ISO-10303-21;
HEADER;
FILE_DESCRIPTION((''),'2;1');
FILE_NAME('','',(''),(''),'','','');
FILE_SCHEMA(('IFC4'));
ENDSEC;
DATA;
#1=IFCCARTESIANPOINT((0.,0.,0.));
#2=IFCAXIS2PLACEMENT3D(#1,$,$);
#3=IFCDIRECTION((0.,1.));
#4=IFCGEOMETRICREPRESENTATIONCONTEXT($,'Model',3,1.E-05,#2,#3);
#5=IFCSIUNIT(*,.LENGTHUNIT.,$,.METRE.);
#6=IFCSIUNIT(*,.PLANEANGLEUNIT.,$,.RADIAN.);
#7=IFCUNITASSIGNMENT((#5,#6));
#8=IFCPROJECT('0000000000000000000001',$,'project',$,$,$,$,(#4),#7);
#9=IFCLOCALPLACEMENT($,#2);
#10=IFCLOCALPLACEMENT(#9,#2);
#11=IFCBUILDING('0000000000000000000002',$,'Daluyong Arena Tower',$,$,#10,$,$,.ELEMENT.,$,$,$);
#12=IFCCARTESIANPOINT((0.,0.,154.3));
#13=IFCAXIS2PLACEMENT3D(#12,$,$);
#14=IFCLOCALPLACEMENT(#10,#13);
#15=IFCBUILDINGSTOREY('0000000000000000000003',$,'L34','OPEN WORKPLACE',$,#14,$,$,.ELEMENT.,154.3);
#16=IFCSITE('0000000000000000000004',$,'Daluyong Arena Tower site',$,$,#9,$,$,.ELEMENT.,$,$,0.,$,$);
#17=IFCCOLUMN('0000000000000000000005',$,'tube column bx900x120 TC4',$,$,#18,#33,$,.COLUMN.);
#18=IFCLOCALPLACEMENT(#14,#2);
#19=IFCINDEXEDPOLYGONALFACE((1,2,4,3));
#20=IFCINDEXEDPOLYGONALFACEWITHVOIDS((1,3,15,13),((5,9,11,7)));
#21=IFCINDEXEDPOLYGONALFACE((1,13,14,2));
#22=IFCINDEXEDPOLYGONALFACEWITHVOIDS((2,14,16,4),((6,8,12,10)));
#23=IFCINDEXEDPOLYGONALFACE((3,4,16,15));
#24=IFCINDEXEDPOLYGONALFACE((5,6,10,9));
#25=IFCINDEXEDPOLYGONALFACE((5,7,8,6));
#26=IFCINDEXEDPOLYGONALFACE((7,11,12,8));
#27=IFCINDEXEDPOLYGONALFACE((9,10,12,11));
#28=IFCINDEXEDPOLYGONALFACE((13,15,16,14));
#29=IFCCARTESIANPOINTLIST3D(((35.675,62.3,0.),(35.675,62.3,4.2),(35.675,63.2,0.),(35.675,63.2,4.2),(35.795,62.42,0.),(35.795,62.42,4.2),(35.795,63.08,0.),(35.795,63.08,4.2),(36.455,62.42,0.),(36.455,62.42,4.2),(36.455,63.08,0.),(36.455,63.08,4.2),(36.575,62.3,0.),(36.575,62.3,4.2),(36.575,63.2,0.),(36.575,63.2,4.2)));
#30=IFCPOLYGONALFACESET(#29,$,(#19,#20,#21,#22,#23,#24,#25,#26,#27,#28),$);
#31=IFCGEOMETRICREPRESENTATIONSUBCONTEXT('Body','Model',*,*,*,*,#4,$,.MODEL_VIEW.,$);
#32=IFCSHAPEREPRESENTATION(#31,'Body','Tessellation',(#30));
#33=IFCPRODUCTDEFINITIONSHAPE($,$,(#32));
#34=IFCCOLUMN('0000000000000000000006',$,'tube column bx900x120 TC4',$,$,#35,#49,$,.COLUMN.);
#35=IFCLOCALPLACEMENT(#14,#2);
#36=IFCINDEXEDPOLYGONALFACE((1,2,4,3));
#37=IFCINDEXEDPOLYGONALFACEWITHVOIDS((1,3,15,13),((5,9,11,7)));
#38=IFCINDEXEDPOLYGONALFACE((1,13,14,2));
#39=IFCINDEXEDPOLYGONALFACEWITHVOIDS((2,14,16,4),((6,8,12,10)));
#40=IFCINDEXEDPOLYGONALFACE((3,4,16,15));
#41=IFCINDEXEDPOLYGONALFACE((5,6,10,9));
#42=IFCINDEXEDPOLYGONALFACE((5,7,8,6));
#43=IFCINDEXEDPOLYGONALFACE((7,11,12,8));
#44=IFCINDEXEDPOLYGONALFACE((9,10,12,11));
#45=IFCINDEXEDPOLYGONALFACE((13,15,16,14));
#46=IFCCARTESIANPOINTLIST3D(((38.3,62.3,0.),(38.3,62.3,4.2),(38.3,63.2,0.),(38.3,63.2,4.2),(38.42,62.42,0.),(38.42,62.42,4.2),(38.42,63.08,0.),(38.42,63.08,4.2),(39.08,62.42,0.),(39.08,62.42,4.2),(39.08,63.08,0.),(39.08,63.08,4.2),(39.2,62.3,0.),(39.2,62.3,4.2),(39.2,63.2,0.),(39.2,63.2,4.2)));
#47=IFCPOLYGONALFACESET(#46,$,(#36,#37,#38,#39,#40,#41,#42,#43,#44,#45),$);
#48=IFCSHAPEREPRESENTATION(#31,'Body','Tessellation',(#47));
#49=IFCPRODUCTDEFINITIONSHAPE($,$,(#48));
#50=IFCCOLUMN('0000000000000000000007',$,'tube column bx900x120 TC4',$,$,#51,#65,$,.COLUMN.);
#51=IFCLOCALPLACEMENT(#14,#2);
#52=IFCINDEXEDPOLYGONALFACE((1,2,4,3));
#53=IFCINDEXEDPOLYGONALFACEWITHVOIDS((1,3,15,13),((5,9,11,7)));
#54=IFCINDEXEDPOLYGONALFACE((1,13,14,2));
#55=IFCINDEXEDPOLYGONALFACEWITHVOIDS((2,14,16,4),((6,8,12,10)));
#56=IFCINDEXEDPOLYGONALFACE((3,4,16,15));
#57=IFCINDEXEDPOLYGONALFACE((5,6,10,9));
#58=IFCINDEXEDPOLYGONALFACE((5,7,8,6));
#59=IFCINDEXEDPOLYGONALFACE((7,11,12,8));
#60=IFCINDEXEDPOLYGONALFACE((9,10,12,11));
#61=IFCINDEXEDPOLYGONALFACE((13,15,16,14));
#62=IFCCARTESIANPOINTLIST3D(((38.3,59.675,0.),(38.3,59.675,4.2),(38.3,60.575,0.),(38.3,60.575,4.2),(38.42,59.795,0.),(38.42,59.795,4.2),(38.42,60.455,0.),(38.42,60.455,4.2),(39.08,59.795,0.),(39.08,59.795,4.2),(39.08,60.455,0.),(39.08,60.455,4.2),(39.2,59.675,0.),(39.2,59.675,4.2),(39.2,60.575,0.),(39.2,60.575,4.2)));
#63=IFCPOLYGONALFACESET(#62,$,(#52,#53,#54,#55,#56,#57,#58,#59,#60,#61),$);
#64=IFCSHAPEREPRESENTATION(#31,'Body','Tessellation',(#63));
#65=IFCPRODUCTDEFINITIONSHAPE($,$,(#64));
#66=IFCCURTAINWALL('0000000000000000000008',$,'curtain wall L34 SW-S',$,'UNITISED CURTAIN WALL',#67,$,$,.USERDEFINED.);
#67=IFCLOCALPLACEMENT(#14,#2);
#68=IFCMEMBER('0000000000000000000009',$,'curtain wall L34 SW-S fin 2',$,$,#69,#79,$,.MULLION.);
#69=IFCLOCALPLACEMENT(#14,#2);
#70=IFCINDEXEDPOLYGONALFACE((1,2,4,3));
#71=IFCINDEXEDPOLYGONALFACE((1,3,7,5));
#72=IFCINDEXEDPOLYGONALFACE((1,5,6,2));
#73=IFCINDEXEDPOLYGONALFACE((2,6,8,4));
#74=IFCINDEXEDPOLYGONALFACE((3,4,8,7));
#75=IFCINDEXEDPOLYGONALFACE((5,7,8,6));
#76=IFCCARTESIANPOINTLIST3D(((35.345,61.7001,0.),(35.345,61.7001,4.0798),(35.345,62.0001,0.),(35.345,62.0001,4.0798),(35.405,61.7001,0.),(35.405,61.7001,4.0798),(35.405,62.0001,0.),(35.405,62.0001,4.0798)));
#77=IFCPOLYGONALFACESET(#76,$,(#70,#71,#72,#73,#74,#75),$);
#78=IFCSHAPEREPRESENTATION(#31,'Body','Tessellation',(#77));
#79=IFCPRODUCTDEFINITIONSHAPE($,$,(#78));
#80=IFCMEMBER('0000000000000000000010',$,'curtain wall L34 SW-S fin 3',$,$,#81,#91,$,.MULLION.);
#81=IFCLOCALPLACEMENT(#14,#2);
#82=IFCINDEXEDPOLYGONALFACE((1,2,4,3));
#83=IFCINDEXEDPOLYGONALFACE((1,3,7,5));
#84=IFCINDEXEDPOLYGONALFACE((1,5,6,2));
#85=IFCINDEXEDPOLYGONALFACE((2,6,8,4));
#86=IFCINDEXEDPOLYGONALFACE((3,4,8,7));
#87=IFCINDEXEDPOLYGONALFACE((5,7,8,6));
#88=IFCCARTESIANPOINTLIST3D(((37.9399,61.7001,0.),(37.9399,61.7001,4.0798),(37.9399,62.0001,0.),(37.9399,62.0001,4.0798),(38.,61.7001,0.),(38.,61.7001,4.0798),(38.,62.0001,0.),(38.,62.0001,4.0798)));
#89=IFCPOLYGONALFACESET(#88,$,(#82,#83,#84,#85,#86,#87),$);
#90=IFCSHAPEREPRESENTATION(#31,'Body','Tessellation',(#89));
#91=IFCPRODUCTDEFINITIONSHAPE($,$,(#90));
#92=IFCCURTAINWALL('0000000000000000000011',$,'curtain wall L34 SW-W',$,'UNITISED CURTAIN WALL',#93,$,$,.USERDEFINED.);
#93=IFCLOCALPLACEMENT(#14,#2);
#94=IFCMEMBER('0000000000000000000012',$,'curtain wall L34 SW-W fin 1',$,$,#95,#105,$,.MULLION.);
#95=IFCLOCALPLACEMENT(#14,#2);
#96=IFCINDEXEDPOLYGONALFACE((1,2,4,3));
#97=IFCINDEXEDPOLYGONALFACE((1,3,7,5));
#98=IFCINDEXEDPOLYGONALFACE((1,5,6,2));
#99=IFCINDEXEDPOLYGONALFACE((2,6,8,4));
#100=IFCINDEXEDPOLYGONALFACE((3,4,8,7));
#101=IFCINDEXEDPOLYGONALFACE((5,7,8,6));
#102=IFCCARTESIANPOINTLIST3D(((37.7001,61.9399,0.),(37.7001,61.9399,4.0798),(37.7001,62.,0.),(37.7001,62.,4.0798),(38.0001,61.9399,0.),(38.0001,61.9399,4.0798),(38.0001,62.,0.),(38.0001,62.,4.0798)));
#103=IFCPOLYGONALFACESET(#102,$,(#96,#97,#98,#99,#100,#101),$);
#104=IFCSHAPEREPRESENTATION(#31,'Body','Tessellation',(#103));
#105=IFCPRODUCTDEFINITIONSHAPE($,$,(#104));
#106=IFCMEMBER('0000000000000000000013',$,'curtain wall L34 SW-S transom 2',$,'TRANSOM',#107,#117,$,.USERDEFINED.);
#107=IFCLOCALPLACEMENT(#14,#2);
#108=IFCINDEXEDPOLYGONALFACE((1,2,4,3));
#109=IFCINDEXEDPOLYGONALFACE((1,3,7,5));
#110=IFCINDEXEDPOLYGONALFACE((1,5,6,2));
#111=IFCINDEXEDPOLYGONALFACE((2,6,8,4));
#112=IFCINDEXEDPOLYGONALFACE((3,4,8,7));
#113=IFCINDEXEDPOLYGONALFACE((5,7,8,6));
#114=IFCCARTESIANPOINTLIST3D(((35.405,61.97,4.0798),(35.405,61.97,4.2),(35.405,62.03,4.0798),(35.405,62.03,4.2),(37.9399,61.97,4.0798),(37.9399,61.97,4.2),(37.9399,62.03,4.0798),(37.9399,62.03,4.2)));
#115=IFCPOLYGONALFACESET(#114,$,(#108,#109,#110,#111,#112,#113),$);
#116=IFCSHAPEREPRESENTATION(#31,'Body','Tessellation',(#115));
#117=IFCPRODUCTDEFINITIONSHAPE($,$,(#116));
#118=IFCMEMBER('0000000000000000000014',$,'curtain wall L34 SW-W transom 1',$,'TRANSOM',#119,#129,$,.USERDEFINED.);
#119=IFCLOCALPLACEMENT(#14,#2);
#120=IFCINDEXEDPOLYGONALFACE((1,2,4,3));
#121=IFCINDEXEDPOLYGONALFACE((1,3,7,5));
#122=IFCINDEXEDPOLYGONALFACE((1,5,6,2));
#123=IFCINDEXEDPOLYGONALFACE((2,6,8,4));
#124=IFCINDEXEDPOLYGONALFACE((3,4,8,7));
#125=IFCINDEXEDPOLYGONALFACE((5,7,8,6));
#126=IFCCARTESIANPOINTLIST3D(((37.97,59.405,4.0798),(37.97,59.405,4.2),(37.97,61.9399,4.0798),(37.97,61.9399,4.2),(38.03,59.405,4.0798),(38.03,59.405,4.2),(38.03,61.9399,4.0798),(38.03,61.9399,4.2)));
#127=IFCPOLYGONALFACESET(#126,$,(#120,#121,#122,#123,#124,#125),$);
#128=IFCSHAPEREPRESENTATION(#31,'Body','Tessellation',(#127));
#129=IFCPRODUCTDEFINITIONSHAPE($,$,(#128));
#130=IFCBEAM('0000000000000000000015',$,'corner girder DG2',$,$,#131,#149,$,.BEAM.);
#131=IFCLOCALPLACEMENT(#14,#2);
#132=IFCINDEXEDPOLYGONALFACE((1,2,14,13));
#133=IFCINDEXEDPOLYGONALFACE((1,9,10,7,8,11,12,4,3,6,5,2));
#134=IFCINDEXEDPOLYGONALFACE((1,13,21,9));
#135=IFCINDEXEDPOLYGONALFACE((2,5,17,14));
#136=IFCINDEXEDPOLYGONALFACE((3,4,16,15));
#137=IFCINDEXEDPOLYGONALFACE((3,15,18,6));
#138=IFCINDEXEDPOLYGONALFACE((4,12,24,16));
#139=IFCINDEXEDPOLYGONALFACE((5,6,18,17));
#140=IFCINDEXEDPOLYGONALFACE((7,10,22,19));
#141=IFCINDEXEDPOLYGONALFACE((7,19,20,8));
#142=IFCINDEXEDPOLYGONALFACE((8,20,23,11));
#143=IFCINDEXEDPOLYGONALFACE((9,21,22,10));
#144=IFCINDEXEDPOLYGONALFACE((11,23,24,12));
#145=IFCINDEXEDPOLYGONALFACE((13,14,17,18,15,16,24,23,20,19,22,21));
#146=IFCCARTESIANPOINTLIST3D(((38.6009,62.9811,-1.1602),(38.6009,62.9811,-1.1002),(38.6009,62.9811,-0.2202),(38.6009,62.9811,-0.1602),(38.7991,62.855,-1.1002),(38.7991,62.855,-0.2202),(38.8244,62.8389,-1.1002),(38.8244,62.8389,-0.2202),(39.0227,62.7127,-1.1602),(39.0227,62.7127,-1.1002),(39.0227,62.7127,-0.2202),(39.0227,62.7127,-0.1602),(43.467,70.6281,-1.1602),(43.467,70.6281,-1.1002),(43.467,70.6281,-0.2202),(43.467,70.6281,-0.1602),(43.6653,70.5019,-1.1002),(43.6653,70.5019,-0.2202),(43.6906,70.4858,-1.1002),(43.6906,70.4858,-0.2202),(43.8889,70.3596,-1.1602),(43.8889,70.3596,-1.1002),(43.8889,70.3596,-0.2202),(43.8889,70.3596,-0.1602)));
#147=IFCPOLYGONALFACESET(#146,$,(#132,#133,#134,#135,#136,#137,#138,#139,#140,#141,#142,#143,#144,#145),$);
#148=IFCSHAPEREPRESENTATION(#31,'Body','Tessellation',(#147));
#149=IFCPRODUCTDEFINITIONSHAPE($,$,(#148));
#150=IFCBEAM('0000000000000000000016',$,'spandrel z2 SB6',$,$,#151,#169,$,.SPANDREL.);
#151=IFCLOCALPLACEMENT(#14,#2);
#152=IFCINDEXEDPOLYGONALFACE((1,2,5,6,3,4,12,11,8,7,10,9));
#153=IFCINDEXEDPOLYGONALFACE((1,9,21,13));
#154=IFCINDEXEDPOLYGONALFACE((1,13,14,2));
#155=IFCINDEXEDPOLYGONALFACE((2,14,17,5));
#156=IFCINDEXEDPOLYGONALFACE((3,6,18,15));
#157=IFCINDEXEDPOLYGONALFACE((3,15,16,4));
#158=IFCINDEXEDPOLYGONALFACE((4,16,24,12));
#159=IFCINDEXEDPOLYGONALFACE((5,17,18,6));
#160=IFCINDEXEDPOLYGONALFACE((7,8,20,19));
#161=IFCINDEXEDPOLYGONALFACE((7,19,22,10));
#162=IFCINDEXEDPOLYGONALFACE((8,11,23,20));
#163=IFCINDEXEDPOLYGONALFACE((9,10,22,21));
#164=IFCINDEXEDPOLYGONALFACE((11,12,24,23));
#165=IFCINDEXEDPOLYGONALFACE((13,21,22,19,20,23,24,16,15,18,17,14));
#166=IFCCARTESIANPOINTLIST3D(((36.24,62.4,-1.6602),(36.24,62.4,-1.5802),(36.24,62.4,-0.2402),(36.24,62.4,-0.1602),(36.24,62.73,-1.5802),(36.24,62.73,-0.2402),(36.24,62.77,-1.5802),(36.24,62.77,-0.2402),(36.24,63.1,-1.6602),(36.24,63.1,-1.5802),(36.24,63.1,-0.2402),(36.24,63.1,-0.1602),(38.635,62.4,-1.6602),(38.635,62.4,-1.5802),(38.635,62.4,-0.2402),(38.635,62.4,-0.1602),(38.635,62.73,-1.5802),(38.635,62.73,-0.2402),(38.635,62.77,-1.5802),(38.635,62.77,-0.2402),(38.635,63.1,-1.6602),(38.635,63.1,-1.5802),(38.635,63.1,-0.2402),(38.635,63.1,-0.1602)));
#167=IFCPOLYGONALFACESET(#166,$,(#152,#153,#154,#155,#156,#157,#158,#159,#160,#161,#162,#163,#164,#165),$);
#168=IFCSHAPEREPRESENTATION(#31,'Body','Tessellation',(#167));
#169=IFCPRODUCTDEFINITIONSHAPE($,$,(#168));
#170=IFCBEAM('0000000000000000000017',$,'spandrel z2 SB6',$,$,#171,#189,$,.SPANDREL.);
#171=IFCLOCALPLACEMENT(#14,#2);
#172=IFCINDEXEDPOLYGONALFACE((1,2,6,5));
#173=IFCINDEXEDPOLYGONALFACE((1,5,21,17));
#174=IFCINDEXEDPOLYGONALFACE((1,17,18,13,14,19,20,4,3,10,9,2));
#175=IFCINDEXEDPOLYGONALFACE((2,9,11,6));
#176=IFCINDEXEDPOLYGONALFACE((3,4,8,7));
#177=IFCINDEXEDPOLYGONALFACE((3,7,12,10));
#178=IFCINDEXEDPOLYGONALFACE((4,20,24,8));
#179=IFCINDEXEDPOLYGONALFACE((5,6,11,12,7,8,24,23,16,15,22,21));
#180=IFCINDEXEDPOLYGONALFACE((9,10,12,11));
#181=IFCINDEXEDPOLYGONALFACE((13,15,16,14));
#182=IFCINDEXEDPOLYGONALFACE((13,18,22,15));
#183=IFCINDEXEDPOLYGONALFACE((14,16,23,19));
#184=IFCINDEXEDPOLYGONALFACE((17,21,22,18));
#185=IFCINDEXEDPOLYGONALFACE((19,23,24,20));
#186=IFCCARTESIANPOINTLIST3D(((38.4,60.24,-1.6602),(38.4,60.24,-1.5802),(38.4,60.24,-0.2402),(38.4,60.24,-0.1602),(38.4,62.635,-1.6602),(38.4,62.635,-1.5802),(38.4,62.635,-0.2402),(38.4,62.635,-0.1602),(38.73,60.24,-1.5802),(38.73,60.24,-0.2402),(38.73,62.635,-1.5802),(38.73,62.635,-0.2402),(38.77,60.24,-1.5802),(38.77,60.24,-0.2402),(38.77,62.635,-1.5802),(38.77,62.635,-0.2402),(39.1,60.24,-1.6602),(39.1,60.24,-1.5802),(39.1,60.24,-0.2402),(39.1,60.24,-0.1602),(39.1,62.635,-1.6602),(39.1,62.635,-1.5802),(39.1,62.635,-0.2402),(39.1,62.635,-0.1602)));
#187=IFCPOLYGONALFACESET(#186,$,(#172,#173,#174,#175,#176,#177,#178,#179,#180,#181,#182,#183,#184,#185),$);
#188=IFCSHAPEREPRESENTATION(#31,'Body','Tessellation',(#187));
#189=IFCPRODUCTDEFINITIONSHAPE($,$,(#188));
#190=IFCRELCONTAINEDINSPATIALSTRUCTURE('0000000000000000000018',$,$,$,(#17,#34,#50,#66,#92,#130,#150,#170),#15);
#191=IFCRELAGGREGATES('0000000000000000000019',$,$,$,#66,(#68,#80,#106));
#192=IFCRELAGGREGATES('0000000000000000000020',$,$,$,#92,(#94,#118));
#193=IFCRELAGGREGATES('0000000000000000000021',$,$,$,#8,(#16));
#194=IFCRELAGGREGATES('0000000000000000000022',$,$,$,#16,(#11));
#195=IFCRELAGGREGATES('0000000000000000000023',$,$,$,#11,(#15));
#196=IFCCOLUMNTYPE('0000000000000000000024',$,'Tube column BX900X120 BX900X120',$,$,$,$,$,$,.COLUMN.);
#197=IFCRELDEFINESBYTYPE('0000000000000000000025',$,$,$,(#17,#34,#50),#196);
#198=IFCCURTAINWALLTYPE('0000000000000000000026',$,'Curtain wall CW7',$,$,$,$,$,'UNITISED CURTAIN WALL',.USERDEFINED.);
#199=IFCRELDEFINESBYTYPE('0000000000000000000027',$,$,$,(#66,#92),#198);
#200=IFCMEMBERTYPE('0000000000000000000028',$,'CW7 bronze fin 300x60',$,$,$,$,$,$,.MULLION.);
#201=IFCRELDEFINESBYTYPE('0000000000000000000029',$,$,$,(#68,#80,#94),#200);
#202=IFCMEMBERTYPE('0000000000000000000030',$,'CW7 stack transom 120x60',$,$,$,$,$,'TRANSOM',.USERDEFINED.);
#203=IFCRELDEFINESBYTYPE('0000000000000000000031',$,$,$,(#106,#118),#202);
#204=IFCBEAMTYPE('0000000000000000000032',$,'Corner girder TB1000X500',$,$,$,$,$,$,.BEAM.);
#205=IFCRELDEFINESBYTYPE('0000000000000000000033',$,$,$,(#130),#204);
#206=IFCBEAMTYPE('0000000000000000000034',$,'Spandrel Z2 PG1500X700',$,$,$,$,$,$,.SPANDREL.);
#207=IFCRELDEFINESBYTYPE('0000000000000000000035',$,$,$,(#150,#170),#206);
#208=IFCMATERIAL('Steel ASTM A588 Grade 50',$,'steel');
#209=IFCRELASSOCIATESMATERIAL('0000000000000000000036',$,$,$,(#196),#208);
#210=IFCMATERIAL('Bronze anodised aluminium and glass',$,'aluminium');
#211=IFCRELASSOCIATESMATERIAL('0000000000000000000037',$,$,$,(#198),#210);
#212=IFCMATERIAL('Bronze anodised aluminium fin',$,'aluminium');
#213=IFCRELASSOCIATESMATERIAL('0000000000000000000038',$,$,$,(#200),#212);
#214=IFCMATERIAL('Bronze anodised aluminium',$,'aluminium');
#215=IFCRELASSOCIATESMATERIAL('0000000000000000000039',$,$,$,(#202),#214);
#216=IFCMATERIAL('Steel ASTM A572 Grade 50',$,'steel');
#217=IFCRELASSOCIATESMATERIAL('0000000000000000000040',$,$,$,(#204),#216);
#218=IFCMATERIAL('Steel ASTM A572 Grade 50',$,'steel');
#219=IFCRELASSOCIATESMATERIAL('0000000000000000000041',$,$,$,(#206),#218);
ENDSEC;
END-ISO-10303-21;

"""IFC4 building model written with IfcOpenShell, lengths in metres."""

from ifc_helpers import new_model, si_unit, direction, frame, origin, origin_2d, place, context, subcontext, project, spatial, rectangle, hollow_rectangle, i_section, extrude, material, material_profile, profile_set, type_object, element, aggregate, save


model = new_model("IFC4")

# Units and contexts
model_context = context("Model", 3, precision=1e-05, world=origin(), true_north=direction((0.0, 1.0)))
body_context = subcontext(model_context, "Body", "Model", "MODEL_VIEW")
ifc_project = project(units=[si_unit("LENGTHUNIT", "METRE"), si_unit("PLANEANGLEUNIT", "RADIAN")], contexts=[model_context])

# Site, building, storey
site_placement = place(None, origin())
site = spatial("IfcSite", under=ifc_project, at=site_placement, Name="Daluyong Arena Tower site", CompositionType="ELEMENT", RefElevation=0.0)
building_placement = place(site_placement, origin())
building = spatial("IfcBuilding", under=site, at=building_placement, Name="Daluyong Arena Tower", CompositionType="ELEMENT")
storey_placement = place(building_placement, frame((0.0, 0.0, 154.3)))
storey = spatial("IfcBuildingStorey", under=building, at=storey_placement, Name="L34", Description="OPEN WORKPLACE", CompositionType="ELEMENT", Elevation=154.3)

# Columns
ifc_material_1 = material(Name="Steel ASTM A588 Grade 50", Category="steel")
ifc_material_profile_1 = material_profile(ifc_material_1, hollow_rectangle(XDim=0.8999, YDim=0.8999, WallThickness=0.12, at=origin_2d()))
ifc_profile_set_1 = profile_set([ifc_material_profile_1], Name="Steel ASTM A588 Grade 50")
column_type = type_object("IfcColumnType", Name="Tube column BX900X120 BX900X120", PredefinedType="COLUMN", material=ifc_profile_set_1)
for number, where, z_axis, x_axis, name in (
    (1, (36.125, 62.75, 0.0), (0.0, 0.0, 1.0), (1.0, 0.0, 0.0), "tube column bx900x120 TC4"),
    (2, (38.75, 62.75, 0.0), (0.0, 0.0, 1.0), (0.0, 1.0, 0.0), "tube column bx900x120 TC4"),
    (3, (38.75, 60.125, 0.0), (0.0, 0.0, 1.0), (0.0, 1.0, 0.0), "tube column bx900x120 TC4"),
):
    element("IfcColumn", number, at=place(storey_placement, frame(where, z_axis=z_axis, x_axis=x_axis)), inside=storey, type_object=column_type, Name=name, PredefinedType="COLUMN", context=body_context, shape_type="SweptSolid", body=[
        extrude(hollow_rectangle(XDim=0.8999, YDim=0.8999, WallThickness=0.12, at=origin_2d()), origin(), (0.0, 0.0, 1.0), 4.2),
    ])

# Curtain wall, members
ifc_material_2 = material(Name="Bronze anodised aluminium and glass", Category="aluminium")
curtain_wall_type = type_object("IfcCurtainWallType", Name="Curtain wall CW7", ElementType="UNITISED CURTAIN WALL", PredefinedType="USERDEFINED", material=ifc_material_2)
curtain_wall_1_placement = place(storey_placement, origin())
curtain_wall_1 = element("IfcCurtainWall", 4, at=curtain_wall_1_placement, inside=storey, type_object=curtain_wall_type, Name="curtain wall L34 SW-S", ObjectType="UNITISED CURTAIN WALL", PredefinedType="USERDEFINED")
ifc_material_3 = material(Name="Bronze anodised aluminium fin", Category="aluminium")
ifc_material_profile_2 = material_profile(ifc_material_3, rectangle(XDim=0.3, YDim=0.0601, at=origin_2d()))
ifc_profile_set_2 = profile_set([ifc_material_profile_2], Name="Bronze anodised aluminium fin")
member_type_1 = type_object("IfcMemberType", Name="CW7 bronze fin 300x60", PredefinedType="MULLION", material=ifc_profile_set_2)
member_1_placement = place(storey_placement, frame((35.375, 61.8501, 0.0), z_axis=(0.0, 0.0, 1.0), x_axis=(0.0, 1.0, 0.0)))
member_1 = element("IfcMember", 5, at=member_1_placement, type_object=member_type_1, Name="curtain wall L34 SW-S fin 2", PredefinedType="MULLION", context=body_context, shape_type="SweptSolid", body=[
    extrude(rectangle(XDim=0.3, YDim=0.0601, at=origin_2d()), origin(), (0.0, 0.0, 1.0), 4.0798),
])
member_2_placement = place(storey_placement, frame((37.97, 61.8501, 0.0), z_axis=(0.0, 0.0, 1.0), x_axis=(0.0, 1.0, 0.0)))
member_2 = element("IfcMember", 6, at=member_2_placement, type_object=member_type_1, Name="curtain wall L34 SW-S fin 3", PredefinedType="MULLION", context=body_context, shape_type="SweptSolid", body=[
    extrude(rectangle(XDim=0.3, YDim=0.0601, at=origin_2d()), origin(), (0.0, 0.0, 1.0), 4.0798),
])

# Curtain wall, member
curtain_wall_2_placement = place(storey_placement, origin())
curtain_wall_2 = element("IfcCurtainWall", 7, at=curtain_wall_2_placement, inside=storey, type_object=curtain_wall_type, Name="curtain wall L34 SW-W", ObjectType="UNITISED CURTAIN WALL", PredefinedType="USERDEFINED")
member_3_placement = place(storey_placement, frame((37.8501, 61.97, 0.0), z_axis=(0.0, 0.0, 1.0), x_axis=(1.0, 0.0, 0.0)))
member_3 = element("IfcMember", 8, at=member_3_placement, type_object=member_type_1, Name="curtain wall L34 SW-W fin 1", PredefinedType="MULLION", context=body_context, shape_type="SweptSolid", body=[
    extrude(rectangle(XDim=0.3, YDim=0.0601, at=origin_2d()), origin(), (0.0, 0.0, 1.0), 4.0798),
])

# Members
ifc_material_4 = material(Name="Bronze anodised aluminium", Category="aluminium")
ifc_material_profile_3 = material_profile(ifc_material_4, rectangle(XDim=0.0601, YDim=0.1201, at=origin_2d()))
ifc_profile_set_3 = profile_set([ifc_material_profile_3], Name="Bronze anodised aluminium")
member_type_2 = type_object("IfcMemberType", Name="CW7 stack transom 120x60", ElementType="TRANSOM", PredefinedType="USERDEFINED", material=ifc_profile_set_3)
member_4_placement = place(storey_placement, frame((35.405, 62.0, 4.1399), z_axis=(1.0, 0.0, 0.0), x_axis=(0.0, 1.0, 0.0)))
member_4 = element("IfcMember", 9, at=member_4_placement, type_object=member_type_2, Name="curtain wall L34 SW-S transom 2", ObjectType="TRANSOM", PredefinedType="USERDEFINED", context=body_context, shape_type="SweptSolid", body=[
    extrude(rectangle(XDim=0.0601, YDim=0.1201, at=origin_2d()), origin(), (0.0, 0.0, 1.0), 2.5349),
])
member_5_placement = place(storey_placement, frame((38.0, 61.9399, 4.1399), z_axis=(0.0, -1.0, 0.0), x_axis=(1.0, 0.0, 0.0)))
member_5 = element("IfcMember", 10, at=member_5_placement, type_object=member_type_2, Name="curtain wall L34 SW-W transom 1", ObjectType="TRANSOM", PredefinedType="USERDEFINED", context=body_context, shape_type="SweptSolid", body=[
    extrude(rectangle(XDim=0.0601, YDim=0.1201, at=origin_2d()), origin(), (0.0, 0.0, 1.0), 2.5349),
])

# Beams
ifc_material_5 = material(Name="Steel ASTM A572 Grade 50", Category="steel")
ifc_material_profile_4 = material_profile(ifc_material_5, i_section(OverallWidth=0.5, OverallDepth=1.0, WebThickness=0.03, FlangeThickness=0.06, at=origin_2d()))
ifc_profile_set_4 = profile_set([ifc_material_profile_4], Name="Steel ASTM A572 Grade 50")
beam_type_1 = type_object("IfcBeamType", Name="Corner girder TB1000X500", PredefinedType="BEAM", material=ifc_profile_set_4)
beam_placement = place(storey_placement, frame((38.8118, 62.8469, -0.6602), z_axis=(0.536872, 0.843664, 0.0), x_axis=(-0.843664, 0.536872, 0.0)))
element("IfcBeam", 11, at=beam_placement, inside=storey, type_object=beam_type_1, Name="corner girder DG2", PredefinedType="BEAM", context=body_context, shape_type="SweptSolid", body=[
    extrude(i_section(OverallWidth=0.5, OverallDepth=1.0, WebThickness=0.03, FlangeThickness=0.06, at=origin_2d()), origin(), (0.0, 0.0, 1.0), 9.064),
])
ifc_material_6 = material(Name="Steel ASTM A572 Grade 50", Category="steel")
ifc_material_profile_5 = material_profile(ifc_material_6, i_section(OverallWidth=0.7, OverallDepth=1.5, WebThickness=0.04, FlangeThickness=0.08, at=origin_2d()))
ifc_profile_set_5 = profile_set([ifc_material_profile_5], Name="Steel ASTM A572 Grade 50")
beam_type_2 = type_object("IfcBeamType", Name="Spandrel Z2 PG1500X700", PredefinedType="SPANDREL", material=ifc_profile_set_5)
for number, where, z_axis, x_axis, name in (
    (12, (36.24, 62.75, -0.9102), (1.0, 0.0, 0.0), (0.0, 1.0, 0.0), "spandrel z2 SB6"),
    (13, (38.75, 62.635, -0.9102), (0.0, -1.0, 0.0), (1.0, 0.0, 0.0), "spandrel z2 SB6"),
):
    element("IfcBeam", number, at=place(storey_placement, frame(where, z_axis=z_axis, x_axis=x_axis)), inside=storey, type_object=beam_type_2, Name=name, PredefinedType="SPANDREL", context=body_context, shape_type="SweptSolid", body=[
        extrude(i_section(OverallWidth=0.7, OverallDepth=1.5, WebThickness=0.04, FlangeThickness=0.08, at=origin_2d()), origin(), (0.0, 0.0, 1.0), 2.395),
    ])

aggregate(curtain_wall_1, [member_1, member_2, member_4])
aggregate(curtain_wall_2, [member_3, member_5])

save(model, "model.ifc")
